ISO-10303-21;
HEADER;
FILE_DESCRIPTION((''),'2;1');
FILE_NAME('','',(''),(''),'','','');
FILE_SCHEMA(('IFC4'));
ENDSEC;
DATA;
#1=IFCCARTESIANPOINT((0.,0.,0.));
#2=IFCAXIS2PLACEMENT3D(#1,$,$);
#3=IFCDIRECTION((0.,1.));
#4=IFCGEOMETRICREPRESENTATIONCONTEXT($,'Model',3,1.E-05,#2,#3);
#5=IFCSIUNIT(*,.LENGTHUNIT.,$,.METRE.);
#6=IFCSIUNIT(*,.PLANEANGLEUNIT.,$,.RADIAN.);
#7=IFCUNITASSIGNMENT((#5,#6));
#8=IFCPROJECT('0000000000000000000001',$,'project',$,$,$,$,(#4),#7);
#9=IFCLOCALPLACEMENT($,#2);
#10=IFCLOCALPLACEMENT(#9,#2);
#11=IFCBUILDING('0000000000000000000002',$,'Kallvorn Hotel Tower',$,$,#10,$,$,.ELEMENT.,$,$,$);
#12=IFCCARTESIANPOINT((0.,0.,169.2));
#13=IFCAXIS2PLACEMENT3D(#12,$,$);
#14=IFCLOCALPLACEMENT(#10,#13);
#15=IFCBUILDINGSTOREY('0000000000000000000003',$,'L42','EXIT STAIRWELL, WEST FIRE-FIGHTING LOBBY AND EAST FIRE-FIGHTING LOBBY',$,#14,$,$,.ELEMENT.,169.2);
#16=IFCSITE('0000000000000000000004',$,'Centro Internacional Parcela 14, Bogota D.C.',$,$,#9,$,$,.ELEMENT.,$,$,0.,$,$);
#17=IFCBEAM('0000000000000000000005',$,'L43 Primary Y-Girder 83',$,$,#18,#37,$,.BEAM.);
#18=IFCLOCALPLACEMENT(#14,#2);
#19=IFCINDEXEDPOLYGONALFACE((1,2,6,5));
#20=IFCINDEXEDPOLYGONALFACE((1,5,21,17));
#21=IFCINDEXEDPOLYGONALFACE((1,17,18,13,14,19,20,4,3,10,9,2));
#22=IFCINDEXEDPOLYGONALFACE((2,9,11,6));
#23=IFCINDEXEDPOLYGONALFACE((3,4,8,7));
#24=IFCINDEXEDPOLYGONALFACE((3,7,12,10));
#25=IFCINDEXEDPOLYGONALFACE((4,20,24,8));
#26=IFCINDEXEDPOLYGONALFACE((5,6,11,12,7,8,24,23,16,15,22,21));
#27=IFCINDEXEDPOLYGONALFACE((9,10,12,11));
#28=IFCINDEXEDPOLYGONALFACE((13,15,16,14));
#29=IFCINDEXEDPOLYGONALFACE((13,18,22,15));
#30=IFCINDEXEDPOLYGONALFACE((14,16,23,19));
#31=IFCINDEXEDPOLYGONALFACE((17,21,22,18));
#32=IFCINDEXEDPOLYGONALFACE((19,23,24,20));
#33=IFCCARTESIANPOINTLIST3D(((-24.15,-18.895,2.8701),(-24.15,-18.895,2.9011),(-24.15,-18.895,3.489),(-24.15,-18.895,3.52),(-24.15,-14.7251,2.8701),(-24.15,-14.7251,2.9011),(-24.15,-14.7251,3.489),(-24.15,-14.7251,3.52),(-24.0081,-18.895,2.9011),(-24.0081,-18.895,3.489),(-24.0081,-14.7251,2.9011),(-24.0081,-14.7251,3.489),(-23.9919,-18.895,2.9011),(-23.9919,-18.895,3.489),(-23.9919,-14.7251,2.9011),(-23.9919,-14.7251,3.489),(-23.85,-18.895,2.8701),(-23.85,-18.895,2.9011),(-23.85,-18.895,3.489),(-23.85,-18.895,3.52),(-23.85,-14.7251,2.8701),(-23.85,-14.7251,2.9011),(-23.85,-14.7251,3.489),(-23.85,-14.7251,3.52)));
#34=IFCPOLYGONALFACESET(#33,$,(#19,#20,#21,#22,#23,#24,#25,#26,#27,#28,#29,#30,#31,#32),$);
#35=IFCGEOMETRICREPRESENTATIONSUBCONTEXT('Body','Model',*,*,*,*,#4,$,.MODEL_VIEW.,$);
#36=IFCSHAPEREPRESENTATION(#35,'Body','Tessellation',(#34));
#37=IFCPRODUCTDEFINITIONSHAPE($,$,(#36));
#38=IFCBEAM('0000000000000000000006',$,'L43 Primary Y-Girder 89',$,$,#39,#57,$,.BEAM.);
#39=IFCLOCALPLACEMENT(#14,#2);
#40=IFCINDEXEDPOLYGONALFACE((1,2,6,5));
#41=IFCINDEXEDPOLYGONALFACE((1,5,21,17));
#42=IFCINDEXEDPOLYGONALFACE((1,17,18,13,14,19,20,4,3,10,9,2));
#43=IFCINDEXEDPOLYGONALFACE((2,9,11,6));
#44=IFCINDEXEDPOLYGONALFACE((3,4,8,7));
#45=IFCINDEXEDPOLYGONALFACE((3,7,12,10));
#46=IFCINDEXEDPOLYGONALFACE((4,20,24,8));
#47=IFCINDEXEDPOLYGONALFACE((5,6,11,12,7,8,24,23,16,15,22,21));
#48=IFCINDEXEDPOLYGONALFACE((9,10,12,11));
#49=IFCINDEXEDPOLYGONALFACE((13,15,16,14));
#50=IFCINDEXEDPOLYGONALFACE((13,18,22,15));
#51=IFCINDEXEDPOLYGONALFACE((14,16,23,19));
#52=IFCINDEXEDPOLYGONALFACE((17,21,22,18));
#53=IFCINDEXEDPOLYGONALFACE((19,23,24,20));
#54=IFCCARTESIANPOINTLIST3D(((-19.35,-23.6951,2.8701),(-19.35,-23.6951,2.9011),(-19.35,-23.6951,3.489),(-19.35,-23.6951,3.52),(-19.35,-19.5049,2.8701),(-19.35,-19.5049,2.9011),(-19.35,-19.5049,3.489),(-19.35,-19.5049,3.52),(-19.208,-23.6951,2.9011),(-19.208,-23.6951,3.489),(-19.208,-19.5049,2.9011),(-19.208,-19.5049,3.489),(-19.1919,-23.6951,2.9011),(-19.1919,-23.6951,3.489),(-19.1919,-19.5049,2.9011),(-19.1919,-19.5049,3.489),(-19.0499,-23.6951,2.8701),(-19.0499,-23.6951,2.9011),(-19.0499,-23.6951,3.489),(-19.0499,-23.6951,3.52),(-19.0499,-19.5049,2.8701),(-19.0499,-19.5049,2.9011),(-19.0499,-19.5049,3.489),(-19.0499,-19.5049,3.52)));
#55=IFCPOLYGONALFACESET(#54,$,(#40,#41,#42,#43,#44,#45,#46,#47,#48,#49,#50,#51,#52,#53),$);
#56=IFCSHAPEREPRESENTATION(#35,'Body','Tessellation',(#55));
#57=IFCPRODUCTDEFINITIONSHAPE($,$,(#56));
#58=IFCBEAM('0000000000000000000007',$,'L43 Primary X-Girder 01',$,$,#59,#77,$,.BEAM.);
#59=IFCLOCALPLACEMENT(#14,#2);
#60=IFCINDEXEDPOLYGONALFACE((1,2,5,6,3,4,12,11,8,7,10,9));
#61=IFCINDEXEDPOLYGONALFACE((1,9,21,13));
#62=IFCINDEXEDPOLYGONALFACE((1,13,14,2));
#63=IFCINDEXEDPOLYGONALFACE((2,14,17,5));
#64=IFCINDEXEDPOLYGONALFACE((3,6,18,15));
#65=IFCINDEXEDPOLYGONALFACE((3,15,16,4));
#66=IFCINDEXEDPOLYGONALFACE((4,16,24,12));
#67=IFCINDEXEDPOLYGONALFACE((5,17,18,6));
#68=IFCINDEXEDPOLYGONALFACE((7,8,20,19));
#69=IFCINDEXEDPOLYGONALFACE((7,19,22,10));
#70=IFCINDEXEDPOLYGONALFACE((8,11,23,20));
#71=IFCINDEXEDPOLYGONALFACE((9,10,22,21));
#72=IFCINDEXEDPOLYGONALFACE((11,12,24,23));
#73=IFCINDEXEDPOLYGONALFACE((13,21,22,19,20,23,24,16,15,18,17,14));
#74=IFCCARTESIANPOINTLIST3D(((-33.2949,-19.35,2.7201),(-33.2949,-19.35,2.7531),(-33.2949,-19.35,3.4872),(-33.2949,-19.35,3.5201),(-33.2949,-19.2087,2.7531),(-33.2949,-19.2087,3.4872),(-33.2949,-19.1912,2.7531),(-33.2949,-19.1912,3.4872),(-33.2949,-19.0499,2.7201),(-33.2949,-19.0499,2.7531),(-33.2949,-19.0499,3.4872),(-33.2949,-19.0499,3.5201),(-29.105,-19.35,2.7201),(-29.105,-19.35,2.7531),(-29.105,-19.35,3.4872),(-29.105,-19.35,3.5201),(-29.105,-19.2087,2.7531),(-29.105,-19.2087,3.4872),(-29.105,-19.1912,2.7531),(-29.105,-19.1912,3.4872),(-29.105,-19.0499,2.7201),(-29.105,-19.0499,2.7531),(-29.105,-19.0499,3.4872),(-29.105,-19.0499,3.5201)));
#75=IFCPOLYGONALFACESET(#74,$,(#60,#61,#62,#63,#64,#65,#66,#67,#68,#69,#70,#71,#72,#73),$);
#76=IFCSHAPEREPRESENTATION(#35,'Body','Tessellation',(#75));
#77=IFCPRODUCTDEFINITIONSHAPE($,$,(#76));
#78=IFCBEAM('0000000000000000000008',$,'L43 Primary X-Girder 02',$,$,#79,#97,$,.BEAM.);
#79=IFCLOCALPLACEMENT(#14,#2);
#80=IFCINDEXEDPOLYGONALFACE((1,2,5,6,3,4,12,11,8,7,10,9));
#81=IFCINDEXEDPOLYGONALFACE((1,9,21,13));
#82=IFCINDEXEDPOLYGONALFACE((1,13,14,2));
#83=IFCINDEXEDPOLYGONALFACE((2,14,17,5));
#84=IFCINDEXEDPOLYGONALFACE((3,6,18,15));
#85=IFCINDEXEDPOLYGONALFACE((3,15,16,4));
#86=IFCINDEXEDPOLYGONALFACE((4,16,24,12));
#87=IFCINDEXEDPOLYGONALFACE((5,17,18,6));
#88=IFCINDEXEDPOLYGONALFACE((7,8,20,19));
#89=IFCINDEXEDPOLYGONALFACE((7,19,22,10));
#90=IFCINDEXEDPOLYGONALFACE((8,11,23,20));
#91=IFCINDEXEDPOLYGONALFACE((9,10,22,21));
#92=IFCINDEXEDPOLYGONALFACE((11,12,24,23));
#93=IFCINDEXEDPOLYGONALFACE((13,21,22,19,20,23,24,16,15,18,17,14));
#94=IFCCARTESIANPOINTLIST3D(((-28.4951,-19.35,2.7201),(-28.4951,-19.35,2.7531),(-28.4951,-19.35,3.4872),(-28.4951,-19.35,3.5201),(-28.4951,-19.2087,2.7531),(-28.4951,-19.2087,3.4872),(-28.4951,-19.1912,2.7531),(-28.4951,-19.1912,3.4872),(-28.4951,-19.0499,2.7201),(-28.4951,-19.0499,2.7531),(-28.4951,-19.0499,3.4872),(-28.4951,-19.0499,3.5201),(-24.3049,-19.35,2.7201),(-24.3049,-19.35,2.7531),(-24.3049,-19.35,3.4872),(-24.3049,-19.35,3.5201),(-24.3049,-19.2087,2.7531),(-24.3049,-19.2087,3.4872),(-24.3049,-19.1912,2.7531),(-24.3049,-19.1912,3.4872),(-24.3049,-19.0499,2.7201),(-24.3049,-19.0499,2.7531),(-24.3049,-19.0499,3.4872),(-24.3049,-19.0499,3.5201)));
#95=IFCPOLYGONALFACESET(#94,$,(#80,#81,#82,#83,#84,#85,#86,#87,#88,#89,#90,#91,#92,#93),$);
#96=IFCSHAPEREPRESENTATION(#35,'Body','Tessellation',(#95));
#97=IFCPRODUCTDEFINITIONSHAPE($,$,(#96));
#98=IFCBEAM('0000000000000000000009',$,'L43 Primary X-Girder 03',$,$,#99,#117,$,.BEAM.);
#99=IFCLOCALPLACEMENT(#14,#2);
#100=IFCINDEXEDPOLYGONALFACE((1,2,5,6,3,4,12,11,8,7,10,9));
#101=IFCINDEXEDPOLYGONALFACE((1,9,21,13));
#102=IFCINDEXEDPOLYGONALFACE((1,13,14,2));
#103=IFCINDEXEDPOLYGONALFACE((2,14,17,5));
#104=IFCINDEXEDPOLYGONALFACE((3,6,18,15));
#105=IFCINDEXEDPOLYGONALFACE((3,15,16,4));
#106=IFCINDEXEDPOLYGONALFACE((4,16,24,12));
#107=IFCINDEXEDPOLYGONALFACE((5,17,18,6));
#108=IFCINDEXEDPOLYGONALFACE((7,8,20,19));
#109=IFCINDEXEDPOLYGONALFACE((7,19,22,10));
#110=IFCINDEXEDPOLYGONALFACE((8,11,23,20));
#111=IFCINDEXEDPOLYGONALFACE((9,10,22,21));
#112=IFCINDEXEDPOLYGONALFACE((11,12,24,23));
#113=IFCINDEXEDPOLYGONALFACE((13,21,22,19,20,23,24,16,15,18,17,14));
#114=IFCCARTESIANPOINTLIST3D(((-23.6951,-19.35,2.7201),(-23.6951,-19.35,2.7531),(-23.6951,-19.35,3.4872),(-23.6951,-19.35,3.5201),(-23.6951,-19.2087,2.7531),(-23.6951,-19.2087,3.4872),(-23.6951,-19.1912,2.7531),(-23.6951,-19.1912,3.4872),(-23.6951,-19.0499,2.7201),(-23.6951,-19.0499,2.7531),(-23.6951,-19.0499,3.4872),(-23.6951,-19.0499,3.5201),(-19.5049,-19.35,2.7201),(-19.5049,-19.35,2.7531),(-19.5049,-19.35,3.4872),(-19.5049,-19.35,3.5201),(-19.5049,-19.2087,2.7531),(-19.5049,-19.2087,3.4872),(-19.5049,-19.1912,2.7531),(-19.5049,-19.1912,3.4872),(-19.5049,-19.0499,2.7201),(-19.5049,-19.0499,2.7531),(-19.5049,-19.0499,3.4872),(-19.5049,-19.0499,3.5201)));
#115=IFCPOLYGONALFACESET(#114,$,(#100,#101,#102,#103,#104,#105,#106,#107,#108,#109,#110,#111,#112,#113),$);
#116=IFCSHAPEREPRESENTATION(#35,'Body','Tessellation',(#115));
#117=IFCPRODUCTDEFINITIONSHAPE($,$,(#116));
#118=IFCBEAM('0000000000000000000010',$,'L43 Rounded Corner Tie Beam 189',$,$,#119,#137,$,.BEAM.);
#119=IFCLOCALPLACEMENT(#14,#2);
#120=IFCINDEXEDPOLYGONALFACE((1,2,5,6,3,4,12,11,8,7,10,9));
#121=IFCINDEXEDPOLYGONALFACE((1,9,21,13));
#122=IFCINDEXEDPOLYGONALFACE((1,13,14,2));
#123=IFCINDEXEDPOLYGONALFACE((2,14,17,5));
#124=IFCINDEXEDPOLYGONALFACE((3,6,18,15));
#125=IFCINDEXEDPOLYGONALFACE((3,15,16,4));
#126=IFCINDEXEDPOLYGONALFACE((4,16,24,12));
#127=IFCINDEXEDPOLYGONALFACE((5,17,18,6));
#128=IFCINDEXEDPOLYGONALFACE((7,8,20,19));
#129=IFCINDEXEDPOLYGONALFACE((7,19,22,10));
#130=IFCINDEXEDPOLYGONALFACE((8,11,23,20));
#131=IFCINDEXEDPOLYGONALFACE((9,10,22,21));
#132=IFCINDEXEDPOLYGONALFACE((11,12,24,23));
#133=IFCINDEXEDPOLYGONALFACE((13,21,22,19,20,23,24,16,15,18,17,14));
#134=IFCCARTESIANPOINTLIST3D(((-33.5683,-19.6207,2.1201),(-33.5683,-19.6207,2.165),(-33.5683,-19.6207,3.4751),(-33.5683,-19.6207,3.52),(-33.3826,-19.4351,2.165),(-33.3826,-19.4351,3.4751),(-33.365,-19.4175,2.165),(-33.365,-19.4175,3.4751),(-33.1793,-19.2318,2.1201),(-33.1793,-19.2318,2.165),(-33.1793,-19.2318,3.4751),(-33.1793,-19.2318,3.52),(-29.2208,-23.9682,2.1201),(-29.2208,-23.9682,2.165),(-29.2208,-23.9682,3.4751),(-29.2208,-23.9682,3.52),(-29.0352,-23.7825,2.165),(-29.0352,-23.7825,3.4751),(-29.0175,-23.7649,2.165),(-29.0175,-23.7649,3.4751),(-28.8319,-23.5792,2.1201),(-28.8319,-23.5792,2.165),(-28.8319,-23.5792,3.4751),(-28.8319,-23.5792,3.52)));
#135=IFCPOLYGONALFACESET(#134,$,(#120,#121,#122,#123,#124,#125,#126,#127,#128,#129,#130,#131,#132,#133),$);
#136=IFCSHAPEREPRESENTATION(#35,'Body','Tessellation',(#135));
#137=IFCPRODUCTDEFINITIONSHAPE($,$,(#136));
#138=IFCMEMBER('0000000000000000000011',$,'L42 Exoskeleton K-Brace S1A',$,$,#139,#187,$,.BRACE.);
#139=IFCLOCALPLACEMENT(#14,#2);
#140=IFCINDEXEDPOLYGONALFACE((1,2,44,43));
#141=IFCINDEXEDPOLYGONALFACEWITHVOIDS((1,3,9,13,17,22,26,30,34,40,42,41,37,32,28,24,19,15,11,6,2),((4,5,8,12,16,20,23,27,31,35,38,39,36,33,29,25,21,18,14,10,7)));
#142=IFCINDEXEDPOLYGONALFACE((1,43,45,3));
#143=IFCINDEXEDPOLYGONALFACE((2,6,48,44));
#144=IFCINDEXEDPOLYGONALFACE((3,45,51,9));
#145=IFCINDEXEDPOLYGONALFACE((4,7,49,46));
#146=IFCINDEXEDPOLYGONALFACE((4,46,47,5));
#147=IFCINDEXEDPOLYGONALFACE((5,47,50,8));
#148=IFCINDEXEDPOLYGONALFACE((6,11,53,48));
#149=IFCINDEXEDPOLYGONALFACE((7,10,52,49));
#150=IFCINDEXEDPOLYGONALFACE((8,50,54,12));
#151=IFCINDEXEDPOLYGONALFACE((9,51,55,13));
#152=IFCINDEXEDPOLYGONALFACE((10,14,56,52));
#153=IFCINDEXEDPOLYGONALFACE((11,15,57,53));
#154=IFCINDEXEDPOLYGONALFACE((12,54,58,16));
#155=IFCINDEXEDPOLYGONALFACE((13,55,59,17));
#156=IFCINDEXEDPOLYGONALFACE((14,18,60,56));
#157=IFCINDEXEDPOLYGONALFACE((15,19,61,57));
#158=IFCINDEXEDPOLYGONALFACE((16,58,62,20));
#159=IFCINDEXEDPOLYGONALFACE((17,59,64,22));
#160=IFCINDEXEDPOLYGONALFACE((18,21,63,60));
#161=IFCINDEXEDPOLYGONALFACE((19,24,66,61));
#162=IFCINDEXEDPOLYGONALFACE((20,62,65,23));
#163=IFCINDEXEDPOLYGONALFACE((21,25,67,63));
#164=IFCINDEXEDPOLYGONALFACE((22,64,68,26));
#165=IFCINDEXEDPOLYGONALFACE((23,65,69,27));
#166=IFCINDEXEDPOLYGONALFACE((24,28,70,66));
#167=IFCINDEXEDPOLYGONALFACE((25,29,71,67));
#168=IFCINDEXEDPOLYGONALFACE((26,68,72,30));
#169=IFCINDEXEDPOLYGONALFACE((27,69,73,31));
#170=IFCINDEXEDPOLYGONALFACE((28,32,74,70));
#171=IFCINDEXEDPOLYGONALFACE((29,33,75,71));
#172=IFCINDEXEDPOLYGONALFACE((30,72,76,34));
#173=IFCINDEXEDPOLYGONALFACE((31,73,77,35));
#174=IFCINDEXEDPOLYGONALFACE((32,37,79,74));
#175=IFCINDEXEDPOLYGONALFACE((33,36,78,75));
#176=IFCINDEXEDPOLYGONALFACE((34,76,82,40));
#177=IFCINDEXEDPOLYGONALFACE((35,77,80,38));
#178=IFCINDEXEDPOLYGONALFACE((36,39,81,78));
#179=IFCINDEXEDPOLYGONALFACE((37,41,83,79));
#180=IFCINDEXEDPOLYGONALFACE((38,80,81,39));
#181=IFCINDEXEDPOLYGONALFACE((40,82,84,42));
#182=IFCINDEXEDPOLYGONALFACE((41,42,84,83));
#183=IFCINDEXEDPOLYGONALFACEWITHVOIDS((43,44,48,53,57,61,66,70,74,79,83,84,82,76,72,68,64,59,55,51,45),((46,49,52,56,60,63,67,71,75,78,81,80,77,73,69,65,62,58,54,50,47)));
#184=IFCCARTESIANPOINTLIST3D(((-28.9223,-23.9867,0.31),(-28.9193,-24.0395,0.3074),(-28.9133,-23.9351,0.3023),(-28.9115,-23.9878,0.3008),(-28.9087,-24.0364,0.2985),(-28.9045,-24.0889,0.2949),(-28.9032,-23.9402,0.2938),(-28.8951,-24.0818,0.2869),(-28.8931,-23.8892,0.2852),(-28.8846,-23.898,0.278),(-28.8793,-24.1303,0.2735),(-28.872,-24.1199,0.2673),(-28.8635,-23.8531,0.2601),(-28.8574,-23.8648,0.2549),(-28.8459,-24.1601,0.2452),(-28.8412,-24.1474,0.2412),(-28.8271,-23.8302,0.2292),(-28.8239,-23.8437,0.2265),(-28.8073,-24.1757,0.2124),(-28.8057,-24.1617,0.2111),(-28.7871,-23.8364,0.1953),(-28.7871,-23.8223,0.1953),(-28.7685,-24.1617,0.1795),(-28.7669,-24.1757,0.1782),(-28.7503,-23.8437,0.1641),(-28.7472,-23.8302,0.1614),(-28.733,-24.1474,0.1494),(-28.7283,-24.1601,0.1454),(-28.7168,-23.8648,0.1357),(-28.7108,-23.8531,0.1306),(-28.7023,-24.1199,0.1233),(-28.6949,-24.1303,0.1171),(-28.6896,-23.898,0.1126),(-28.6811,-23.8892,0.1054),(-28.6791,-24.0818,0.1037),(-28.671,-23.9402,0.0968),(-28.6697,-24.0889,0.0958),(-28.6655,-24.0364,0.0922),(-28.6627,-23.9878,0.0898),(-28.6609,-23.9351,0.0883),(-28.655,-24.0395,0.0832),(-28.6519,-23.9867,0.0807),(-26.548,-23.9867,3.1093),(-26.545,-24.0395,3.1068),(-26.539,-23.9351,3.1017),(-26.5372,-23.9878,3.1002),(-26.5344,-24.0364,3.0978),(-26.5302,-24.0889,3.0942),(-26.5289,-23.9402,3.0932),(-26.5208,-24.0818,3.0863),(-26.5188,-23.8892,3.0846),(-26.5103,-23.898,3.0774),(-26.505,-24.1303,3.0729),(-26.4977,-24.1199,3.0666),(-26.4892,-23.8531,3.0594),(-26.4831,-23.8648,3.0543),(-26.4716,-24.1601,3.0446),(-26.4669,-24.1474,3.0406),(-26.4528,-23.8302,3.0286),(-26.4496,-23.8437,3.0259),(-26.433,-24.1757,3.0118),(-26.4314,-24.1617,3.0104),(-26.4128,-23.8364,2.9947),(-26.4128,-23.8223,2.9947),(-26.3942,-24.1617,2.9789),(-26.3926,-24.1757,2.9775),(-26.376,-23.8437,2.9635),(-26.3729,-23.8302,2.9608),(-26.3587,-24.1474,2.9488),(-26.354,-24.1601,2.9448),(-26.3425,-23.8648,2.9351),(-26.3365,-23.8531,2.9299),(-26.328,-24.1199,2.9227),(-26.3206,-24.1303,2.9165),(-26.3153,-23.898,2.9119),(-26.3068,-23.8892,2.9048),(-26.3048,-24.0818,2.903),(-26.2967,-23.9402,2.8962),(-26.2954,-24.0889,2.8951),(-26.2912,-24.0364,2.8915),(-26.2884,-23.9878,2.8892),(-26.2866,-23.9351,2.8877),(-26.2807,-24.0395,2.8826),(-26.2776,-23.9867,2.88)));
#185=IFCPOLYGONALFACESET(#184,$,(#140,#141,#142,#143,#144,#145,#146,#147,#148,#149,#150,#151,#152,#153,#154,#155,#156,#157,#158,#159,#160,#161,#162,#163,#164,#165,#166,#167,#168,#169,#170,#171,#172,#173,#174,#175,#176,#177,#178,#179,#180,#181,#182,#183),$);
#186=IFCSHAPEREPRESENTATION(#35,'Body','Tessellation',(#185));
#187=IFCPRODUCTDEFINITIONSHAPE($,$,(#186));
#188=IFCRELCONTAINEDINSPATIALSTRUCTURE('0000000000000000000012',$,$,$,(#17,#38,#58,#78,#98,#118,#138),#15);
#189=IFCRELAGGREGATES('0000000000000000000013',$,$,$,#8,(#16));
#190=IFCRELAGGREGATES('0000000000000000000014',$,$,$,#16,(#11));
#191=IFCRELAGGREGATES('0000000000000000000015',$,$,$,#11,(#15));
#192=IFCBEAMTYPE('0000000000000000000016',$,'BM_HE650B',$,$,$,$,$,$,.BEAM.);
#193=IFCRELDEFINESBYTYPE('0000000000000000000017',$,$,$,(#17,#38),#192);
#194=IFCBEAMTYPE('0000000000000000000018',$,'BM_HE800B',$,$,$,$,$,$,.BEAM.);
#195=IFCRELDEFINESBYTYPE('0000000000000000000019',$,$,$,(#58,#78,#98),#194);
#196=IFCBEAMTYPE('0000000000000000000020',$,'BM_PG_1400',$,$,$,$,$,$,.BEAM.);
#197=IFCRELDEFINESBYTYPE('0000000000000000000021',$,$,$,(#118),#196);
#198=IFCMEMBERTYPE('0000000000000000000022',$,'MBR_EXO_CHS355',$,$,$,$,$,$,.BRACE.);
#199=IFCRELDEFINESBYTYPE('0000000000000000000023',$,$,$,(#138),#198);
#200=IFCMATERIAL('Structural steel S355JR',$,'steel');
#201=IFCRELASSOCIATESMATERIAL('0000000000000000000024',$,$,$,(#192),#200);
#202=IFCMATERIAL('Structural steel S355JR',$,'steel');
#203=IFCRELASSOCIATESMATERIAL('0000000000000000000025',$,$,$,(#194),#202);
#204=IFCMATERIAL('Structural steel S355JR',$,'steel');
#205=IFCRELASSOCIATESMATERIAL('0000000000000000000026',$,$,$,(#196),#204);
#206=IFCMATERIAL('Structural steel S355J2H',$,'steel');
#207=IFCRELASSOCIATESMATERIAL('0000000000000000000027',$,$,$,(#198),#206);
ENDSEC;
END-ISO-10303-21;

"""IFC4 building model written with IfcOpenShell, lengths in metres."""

from ifc_helpers import new_model, si_unit, direction, frame, origin, origin_2d, place, context, subcontext, project, spatial, hollow_circle, i_section, extrude, material, material_profile, profile_set, type_object, element, save


model = new_model("IFC4")

# Units and contexts
model_context = context("Model", 3, precision=1e-05, world=origin(), true_north=direction((0.0, 1.0)))
body_context = subcontext(model_context, "Body", "Model", "MODEL_VIEW")
ifc_project = project(units=[si_unit("LENGTHUNIT", "METRE"), si_unit("PLANEANGLEUNIT", "RADIAN")], contexts=[model_context])

# Site, building, storey
site_placement = place(None, origin())
site = spatial("IfcSite", under=ifc_project, at=site_placement, Name="Centro Internacional Parcela 14, Bogota D.C.", CompositionType="ELEMENT", RefElevation=0.0)
building_placement = place(site_placement, origin())
building = spatial("IfcBuilding", under=site, at=building_placement, Name="Kallvorn Hotel Tower", CompositionType="ELEMENT")
storey_placement = place(building_placement, frame((0.0, 0.0, 169.2)))
storey = spatial("IfcBuildingStorey", under=building, at=storey_placement, Name="L42", Description="EXIT STAIRWELL, WEST FIRE-FIGHTING LOBBY AND EAST FIRE-FIGHTING LOBBY", CompositionType="ELEMENT", Elevation=169.2)

# Beams
ifc_material_1 = material(Name="Structural steel S355JR", Category="steel")
ifc_material_profile_1 = material_profile(ifc_material_1, i_section(OverallWidth=0.3, OverallDepth=0.6499, WebThickness=0.0161, FlangeThickness=0.031, at=origin_2d()), Name="HE 650 B")
ifc_profile_set_1 = profile_set([ifc_material_profile_1], Name="Structural steel S355JR")
beam_type_1 = type_object("IfcBeamType", Name="BM_HE650B", PredefinedType="BEAM", material=ifc_profile_set_1)
beam_1_placement = place(storey_placement, frame((-24.0, -18.895, 3.1951), z_axis=(0.0, 1.0, 0.0), x_axis=(-1.0, 0.0, 0.0)))
element("IfcBeam", 1, at=beam_1_placement, inside=storey, type_object=beam_type_1, Name="L43 Primary Y-Girder 83", PredefinedType="BEAM", context=body_context, shape_type="SweptSolid", body=[
    extrude(i_section(OverallWidth=0.3, OverallDepth=0.6499, WebThickness=0.0161, FlangeThickness=0.031, at=origin_2d()), origin(), (0.0, 0.0, 1.0), 4.1699),
])
beam_2_placement = place(storey_placement, frame((-19.2, -23.6951, 3.1951), z_axis=(0.0, 1.0, 0.0), x_axis=(-1.0, 0.0, 0.0)))
element("IfcBeam", 2, at=beam_2_placement, inside=storey, type_object=beam_type_1, Name="L43 Primary Y-Girder 89", PredefinedType="BEAM", context=body_context, shape_type="SweptSolid", body=[
    extrude(i_section(OverallWidth=0.3, OverallDepth=0.6499, WebThickness=0.0161, FlangeThickness=0.031, at=origin_2d()), origin(), (0.0, 0.0, 1.0), 4.1902),
])
ifc_material_2 = material(Name="Structural steel S355JR", Category="steel")
ifc_material_profile_2 = material_profile(ifc_material_2, i_section(OverallWidth=0.3, OverallDepth=0.8, WebThickness=0.0176, FlangeThickness=0.033, at=origin_2d()), Name="HE 800 B")
ifc_profile_set_2 = profile_set([ifc_material_profile_2], Name="Structural steel S355JR")
beam_type_2 = type_object("IfcBeamType", Name="BM_HE800B", PredefinedType="BEAM", material=ifc_profile_set_2)
beam_3_placement = place(storey_placement, frame((-33.2949, -19.2, 3.1201), z_axis=(1.0, 0.0, 0.0), x_axis=(0.0, 1.0, 0.0)))
element("IfcBeam", 3, at=beam_3_placement, inside=storey, type_object=beam_type_2, Name="L43 Primary X-Girder 01", PredefinedType="BEAM", context=body_context, shape_type="SweptSolid", body=[
    extrude(i_section(OverallWidth=0.3, OverallDepth=0.8, WebThickness=0.0176, FlangeThickness=0.033, at=origin_2d()), origin(), (0.0, 0.0, 1.0), 4.1899),
])
for number, where, z_axis, x_axis, name in (
    (4, (-28.4951, -19.2, 3.1201), (1.0, 0.0, 0.0), (0.0, 1.0, 0.0), "L43 Primary X-Girder 02"),
    (5, (-23.6951, -19.2, 3.1201), (1.0, 0.0, 0.0), (0.0, 1.0, 0.0), "L43 Primary X-Girder 03"),
):
    element("IfcBeam", number, at=place(storey_placement, frame(where, z_axis=z_axis, x_axis=x_axis)), inside=storey, type_object=beam_type_2, Name=name, PredefinedType="BEAM", context=body_context, shape_type="SweptSolid", body=[
        extrude(i_section(OverallWidth=0.3, OverallDepth=0.8, WebThickness=0.0176, FlangeThickness=0.033, at=origin_2d()), origin(), (0.0, 0.0, 1.0), 4.1902),
    ])
ifc_material_3 = material(Name="Structural steel S355JR", Category="steel")
ifc_material_profile_3 = material_profile(ifc_material_3, i_section(OverallWidth=0.55, OverallDepth=1.3999, WebThickness=0.0249, FlangeThickness=0.0449, at=origin_2d()), Name="PG 1400x550x25x45")
ifc_profile_set_3 = profile_set([ifc_material_profile_3], Name="Structural steel S355JR")
beam_type_3 = type_object("IfcBeamType", Name="BM_PG_1400", PredefinedType="BEAM", material=ifc_profile_set_3)
beam_4_placement = place(storey_placement, frame((-33.3738, -19.4263, 2.8201), z_axis=(0.707107, -0.707107, 0.0), x_axis=(0.707107, 0.707107, 0.0)))
element("IfcBeam", 6, at=beam_4_placement, inside=storey, type_object=beam_type_3, Name="L43 Rounded Corner Tie Beam 189", PredefinedType="BEAM", context=body_context, shape_type="SweptSolid", body=[
    extrude(i_section(OverallWidth=0.55, OverallDepth=1.3999, WebThickness=0.0249, FlangeThickness=0.0449, at=origin_2d()), origin(), (0.0, 0.0, 1.0), 6.1482),
])

# Member
ifc_material_4 = material(Name="Structural steel S355J2H", Category="steel")
ifc_material_profile_4 = material_profile(ifc_material_4, hollow_circle(Radius=0.1777, WallThickness=0.0142, at=origin_2d()), Name="CHS 355.6x14.2")
ifc_profile_set_4 = profile_set([ifc_material_profile_4], Name="Structural steel S355J2H")
member_type = type_object("IfcMemberType", Name="MBR_EXO_CHS355", PredefinedType="BRACE", material=ifc_profile_set_4)
for number, where, z_axis, x_axis, name in (
    (7, (-28.7871, -24.0, 0.1953), (0.646833, 0.0, 0.762631), (0.0, 1.0, 0.0), "L42 Exoskeleton K-Brace S1A"),
):
    element("IfcMember", number, at=place(storey_placement, frame(where, z_axis=z_axis, x_axis=x_axis)), inside=storey, type_object=member_type, Name=name, PredefinedType="BRACE", context=body_context, shape_type="SweptSolid", body=[
        extrude(hollow_circle(Radius=0.1777, WallThickness=0.0142, at=origin_2d()), origin(), (0.0, 0.0, 1.0), 3.6707),
    ])

save(model, "model.ifc")
